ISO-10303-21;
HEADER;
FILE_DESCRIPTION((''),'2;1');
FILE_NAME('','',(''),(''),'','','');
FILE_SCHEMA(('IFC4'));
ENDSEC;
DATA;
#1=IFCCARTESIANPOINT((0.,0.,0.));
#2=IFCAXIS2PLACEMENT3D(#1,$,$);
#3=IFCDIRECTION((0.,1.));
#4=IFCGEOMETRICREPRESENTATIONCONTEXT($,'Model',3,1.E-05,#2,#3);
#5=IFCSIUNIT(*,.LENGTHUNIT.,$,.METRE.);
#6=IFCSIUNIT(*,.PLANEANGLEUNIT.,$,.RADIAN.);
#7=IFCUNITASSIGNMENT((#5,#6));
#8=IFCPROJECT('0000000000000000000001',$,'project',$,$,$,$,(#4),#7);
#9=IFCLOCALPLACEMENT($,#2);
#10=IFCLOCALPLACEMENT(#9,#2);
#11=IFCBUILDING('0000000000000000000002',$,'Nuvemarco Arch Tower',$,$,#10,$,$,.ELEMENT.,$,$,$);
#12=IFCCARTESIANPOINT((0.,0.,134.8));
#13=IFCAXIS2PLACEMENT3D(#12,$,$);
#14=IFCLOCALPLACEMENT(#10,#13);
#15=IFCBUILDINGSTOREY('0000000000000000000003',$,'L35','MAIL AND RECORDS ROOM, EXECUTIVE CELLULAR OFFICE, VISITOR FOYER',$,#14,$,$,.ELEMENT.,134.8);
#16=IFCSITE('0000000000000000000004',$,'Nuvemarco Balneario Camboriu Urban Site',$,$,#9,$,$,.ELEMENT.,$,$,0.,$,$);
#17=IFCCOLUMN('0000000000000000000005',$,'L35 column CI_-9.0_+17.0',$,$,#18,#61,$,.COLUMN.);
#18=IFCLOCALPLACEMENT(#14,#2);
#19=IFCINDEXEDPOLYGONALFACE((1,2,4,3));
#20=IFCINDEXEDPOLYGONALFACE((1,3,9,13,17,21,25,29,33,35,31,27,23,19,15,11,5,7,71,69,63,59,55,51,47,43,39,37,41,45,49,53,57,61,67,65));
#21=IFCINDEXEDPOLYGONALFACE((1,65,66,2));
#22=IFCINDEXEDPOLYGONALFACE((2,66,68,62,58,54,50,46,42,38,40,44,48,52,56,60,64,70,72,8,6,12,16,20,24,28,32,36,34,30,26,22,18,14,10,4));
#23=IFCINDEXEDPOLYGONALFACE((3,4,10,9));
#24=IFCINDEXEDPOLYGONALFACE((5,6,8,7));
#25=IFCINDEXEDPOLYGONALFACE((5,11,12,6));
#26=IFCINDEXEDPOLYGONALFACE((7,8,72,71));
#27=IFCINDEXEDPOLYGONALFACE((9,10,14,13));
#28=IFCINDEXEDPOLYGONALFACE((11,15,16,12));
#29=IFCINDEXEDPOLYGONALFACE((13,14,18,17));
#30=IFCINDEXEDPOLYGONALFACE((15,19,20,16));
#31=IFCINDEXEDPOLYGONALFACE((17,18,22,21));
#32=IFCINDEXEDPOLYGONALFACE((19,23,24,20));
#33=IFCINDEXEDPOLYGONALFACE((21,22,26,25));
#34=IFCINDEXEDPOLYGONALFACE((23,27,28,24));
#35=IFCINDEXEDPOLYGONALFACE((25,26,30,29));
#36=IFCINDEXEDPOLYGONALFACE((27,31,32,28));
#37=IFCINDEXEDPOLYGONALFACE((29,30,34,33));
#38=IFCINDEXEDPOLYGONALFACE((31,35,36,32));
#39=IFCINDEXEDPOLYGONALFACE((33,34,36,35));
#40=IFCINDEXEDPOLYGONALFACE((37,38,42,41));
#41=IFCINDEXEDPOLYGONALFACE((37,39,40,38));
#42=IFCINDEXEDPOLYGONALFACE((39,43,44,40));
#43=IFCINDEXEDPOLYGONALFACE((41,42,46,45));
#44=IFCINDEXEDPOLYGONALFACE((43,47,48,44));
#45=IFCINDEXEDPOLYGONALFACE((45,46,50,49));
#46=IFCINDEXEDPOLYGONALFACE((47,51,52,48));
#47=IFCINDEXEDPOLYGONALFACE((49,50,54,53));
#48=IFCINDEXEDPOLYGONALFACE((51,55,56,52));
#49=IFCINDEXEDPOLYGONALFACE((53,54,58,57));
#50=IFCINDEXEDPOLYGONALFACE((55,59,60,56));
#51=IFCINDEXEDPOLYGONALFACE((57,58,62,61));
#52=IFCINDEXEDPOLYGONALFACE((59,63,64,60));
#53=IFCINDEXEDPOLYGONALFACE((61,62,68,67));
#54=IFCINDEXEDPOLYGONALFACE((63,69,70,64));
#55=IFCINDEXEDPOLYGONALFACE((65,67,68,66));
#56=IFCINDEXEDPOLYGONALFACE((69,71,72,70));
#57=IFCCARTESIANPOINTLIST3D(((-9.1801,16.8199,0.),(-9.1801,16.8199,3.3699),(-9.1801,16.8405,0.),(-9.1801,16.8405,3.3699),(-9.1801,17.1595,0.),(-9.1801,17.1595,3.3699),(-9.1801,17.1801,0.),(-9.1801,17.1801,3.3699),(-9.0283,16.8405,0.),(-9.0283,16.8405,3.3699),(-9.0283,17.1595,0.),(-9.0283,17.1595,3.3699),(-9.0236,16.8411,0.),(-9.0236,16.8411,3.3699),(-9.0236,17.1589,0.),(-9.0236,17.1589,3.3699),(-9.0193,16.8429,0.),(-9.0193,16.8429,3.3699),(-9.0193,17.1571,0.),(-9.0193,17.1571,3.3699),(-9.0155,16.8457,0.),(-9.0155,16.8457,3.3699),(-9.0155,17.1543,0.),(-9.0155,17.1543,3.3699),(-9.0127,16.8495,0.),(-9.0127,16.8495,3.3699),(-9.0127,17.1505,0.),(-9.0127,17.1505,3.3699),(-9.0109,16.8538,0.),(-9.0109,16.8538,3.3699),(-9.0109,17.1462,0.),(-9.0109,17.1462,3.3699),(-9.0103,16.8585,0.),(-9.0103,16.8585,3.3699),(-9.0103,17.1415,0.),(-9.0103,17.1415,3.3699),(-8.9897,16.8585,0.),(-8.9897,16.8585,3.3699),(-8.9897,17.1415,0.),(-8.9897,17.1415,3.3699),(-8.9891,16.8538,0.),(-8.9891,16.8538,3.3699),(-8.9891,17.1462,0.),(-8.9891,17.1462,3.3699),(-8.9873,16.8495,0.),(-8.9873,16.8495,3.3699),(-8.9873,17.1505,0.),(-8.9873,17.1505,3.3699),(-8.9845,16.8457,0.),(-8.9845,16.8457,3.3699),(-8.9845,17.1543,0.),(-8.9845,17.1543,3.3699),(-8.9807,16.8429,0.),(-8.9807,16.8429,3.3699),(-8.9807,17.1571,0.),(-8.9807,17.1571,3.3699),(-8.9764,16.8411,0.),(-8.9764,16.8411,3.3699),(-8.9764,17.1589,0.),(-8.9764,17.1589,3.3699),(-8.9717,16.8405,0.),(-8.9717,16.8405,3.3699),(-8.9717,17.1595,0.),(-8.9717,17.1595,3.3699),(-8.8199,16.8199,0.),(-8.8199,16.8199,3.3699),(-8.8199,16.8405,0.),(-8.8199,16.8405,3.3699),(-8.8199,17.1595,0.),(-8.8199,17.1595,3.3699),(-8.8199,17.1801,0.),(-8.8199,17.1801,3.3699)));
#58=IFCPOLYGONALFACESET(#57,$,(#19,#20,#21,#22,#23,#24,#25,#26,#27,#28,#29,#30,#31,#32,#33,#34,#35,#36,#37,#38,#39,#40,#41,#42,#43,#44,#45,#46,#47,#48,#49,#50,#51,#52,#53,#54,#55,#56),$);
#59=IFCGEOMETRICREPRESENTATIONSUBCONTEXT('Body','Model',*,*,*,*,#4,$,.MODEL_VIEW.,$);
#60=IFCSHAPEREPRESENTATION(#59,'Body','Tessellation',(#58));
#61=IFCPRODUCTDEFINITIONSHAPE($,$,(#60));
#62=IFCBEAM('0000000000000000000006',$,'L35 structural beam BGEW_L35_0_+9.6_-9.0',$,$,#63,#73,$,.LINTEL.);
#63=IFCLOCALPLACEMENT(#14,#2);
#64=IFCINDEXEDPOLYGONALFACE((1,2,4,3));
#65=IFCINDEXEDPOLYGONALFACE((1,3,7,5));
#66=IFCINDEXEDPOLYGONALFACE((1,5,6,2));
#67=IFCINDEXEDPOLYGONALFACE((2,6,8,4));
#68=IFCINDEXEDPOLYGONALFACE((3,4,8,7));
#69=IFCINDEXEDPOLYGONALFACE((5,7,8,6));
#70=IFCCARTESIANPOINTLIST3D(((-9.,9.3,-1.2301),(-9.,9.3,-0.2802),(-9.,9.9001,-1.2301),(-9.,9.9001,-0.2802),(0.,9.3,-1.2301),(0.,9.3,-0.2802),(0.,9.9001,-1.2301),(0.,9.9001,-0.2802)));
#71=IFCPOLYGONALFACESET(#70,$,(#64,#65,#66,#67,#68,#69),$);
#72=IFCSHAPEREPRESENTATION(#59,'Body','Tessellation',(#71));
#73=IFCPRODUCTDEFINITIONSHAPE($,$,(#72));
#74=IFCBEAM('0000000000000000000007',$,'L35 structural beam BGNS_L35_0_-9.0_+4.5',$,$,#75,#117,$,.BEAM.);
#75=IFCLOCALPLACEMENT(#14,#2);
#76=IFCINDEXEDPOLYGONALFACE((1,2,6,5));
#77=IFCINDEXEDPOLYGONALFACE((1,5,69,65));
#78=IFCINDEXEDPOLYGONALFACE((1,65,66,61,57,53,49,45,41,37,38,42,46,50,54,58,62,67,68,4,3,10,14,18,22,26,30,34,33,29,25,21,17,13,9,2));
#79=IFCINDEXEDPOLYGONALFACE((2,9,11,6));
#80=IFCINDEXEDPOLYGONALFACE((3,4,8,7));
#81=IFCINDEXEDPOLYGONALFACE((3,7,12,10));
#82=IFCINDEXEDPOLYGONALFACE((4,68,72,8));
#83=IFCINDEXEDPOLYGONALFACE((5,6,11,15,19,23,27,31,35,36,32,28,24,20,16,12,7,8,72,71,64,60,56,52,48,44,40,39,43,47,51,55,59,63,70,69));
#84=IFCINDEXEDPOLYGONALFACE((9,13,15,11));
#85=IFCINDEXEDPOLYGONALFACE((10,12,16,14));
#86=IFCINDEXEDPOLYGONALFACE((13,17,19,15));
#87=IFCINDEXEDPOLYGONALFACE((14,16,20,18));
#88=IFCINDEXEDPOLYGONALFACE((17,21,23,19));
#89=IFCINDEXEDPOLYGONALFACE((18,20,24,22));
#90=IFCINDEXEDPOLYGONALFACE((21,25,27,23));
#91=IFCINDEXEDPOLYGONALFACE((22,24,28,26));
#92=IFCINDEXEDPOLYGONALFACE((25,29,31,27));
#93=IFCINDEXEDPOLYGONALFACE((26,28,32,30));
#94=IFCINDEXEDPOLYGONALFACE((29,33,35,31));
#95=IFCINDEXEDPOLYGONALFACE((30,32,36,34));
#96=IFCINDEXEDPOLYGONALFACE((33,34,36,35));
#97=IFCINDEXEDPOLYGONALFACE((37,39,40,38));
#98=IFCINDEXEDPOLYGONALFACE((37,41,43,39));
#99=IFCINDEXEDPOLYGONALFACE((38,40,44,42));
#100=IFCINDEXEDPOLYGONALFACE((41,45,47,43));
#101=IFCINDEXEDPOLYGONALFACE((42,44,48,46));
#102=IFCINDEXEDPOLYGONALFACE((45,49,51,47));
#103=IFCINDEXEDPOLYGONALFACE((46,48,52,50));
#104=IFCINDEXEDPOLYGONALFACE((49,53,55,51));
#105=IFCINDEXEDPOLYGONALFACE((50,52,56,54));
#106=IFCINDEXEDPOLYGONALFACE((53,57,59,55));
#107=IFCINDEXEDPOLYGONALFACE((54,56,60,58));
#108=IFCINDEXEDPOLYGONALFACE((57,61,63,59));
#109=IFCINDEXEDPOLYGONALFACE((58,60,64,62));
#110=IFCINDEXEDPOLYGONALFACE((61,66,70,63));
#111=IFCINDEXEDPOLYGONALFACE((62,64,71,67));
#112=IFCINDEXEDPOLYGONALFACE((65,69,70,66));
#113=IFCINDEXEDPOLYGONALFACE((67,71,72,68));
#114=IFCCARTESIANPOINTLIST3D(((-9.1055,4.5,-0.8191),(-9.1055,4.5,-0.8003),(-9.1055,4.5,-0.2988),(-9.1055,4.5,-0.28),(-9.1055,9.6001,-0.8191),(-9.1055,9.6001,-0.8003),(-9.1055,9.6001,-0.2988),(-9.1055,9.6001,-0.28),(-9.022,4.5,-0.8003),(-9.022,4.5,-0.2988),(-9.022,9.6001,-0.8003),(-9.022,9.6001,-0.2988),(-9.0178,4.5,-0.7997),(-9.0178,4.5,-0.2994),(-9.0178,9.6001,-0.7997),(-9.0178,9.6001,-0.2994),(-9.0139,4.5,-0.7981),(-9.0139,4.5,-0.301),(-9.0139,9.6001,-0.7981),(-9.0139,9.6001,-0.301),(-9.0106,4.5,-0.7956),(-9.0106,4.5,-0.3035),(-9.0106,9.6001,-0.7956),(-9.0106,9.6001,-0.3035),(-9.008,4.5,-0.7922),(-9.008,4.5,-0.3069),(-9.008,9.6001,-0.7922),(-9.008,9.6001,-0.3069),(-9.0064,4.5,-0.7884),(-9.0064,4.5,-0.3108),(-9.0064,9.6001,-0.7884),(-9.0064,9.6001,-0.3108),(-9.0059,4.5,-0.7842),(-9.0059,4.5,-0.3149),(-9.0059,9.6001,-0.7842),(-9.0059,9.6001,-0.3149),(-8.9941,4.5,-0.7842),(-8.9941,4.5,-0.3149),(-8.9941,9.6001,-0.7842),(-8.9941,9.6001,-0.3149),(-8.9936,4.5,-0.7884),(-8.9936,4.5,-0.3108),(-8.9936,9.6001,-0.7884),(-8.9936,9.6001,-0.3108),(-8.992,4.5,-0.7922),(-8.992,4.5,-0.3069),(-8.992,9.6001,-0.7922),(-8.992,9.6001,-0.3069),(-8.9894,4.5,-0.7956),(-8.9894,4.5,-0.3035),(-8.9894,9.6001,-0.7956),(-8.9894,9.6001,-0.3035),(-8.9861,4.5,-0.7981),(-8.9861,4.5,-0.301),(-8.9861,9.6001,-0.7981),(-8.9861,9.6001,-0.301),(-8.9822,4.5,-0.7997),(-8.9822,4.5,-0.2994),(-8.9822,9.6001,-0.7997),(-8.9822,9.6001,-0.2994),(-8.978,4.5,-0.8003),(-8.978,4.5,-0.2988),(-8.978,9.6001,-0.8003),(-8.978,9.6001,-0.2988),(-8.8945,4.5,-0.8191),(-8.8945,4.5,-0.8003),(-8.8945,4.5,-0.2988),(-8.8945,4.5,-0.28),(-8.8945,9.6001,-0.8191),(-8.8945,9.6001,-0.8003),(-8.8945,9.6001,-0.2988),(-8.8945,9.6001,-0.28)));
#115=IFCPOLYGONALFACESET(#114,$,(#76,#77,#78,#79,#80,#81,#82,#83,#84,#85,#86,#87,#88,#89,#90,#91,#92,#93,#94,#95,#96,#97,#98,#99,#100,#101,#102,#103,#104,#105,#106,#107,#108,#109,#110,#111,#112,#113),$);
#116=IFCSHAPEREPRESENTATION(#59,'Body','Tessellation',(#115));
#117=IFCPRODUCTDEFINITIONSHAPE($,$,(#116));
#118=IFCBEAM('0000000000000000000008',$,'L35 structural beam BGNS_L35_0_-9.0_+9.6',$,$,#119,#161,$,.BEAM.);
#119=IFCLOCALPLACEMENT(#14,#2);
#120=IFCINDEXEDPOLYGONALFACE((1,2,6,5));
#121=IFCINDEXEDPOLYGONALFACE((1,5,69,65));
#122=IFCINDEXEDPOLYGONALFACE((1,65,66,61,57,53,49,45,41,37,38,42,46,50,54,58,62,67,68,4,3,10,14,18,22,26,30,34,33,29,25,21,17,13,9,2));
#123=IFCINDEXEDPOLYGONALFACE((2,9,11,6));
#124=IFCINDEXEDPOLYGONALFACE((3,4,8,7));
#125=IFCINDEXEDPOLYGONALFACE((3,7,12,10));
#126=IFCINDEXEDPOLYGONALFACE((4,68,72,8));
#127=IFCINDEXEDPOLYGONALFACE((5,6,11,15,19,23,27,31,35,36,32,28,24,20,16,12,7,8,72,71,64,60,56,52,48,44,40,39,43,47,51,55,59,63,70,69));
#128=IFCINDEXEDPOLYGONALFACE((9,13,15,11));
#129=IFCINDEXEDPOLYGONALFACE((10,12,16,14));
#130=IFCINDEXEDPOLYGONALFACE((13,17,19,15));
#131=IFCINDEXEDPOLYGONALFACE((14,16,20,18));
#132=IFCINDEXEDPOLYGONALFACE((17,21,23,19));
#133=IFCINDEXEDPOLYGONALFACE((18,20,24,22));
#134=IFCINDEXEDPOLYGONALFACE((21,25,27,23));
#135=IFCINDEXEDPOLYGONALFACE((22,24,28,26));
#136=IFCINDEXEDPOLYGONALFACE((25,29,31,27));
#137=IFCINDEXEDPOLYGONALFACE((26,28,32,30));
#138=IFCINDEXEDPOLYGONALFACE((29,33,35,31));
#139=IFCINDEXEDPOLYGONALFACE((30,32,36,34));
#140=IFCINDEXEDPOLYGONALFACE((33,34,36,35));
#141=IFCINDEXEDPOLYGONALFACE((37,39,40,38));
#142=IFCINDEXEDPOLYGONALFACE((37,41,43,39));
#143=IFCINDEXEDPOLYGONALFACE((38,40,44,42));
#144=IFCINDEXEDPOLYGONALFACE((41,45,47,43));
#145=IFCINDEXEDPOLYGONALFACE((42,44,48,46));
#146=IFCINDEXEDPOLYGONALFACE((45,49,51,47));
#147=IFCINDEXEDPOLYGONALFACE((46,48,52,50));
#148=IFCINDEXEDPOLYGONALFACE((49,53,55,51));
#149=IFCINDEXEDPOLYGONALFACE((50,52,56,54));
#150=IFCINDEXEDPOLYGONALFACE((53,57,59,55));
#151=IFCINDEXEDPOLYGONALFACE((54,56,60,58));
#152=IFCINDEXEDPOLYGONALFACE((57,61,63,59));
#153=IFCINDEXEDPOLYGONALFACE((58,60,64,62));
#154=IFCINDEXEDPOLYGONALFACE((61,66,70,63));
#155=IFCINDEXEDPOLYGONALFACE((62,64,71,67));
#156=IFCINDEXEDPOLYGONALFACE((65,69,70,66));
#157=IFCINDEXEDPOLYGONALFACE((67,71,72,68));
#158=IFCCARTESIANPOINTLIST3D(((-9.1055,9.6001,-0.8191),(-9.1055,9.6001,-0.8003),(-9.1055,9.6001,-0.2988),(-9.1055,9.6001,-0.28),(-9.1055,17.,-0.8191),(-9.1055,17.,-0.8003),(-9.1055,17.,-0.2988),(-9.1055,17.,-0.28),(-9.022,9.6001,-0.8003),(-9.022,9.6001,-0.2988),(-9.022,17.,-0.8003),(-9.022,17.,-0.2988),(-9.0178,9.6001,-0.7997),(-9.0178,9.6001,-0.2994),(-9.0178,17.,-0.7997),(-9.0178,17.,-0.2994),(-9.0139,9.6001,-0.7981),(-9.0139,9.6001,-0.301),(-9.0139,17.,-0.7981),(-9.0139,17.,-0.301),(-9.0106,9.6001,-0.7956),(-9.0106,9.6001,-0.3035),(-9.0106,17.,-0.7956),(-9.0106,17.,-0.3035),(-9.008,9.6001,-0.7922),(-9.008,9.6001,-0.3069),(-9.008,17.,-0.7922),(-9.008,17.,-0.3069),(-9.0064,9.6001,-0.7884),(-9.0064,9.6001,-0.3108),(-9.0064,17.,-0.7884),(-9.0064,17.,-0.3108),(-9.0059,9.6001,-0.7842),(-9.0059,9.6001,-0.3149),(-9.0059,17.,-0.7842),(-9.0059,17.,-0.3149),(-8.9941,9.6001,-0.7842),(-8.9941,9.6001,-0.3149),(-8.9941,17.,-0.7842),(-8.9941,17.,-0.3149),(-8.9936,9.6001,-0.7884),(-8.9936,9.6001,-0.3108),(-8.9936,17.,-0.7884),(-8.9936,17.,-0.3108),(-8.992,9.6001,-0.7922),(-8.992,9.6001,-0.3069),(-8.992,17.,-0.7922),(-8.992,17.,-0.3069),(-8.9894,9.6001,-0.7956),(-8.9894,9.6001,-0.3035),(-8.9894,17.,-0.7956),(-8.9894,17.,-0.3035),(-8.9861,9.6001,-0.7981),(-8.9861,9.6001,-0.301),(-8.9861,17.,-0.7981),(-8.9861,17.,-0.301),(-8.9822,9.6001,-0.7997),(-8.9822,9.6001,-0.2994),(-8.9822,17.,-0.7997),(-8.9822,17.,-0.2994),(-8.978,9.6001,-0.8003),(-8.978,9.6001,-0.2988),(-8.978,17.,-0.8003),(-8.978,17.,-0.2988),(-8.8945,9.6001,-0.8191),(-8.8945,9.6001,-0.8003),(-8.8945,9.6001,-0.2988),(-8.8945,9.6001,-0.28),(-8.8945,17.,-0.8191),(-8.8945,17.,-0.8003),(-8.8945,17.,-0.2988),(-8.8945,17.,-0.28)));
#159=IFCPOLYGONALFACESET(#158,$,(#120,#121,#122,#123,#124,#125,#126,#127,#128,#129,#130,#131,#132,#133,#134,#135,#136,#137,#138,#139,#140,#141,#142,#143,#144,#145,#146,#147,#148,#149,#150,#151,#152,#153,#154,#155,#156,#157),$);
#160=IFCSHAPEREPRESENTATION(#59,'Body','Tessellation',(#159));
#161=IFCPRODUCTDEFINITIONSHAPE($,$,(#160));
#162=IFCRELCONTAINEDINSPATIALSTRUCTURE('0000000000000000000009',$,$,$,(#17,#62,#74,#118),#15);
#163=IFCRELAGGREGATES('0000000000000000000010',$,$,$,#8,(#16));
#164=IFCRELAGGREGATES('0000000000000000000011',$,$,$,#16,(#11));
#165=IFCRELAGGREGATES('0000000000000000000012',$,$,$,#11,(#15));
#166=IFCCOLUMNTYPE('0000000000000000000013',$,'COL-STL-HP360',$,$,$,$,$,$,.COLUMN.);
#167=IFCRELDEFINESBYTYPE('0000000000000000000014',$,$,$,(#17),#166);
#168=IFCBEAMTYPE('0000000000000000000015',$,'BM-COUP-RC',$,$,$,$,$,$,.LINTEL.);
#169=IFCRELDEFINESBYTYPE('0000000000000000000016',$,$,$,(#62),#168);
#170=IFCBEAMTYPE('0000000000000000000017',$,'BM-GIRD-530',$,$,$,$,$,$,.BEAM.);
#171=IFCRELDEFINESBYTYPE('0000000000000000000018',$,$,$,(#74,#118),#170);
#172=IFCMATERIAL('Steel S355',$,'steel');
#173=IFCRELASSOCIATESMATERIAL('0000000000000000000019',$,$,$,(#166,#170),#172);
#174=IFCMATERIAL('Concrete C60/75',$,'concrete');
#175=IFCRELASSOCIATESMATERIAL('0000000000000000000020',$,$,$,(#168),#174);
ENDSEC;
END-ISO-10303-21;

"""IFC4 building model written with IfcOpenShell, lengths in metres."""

from ifc_helpers import new_model, si_unit, direction, frame, origin, origin_2d, place, context, subcontext, project, spatial, rectangle, i_section, extrude, material, material_profile, profile_set, type_object, element, save


model = new_model("IFC4")

# Units and contexts
model_context = context("Model", 3, precision=1e-05, world=origin(), true_north=direction((0.0, 1.0)))
body_context = subcontext(model_context, "Body", "Model", "MODEL_VIEW")
ifc_project = project(units=[si_unit("LENGTHUNIT", "METRE"), si_unit("PLANEANGLEUNIT", "RADIAN")], contexts=[model_context])

# Site, building, storey
site_placement = place(None, origin())
site = spatial("IfcSite", under=ifc_project, at=site_placement, Name="Nuvemarco Balneario Camboriu Urban Site", CompositionType="ELEMENT", RefElevation=0.0)
building_placement = place(site_placement, origin())
building = spatial("IfcBuilding", under=site, at=building_placement, Name="Nuvemarco Arch Tower", CompositionType="ELEMENT")
storey_placement = place(building_placement, frame((0.0, 0.0, 134.8)))
storey = spatial("IfcBuildingStorey", under=building, at=storey_placement, Name="L35", Description="MAIL AND RECORDS ROOM, EXECUTIVE CELLULAR OFFICE, VISITOR FOYER", CompositionType="ELEMENT", Elevation=134.8)

# Column
ifc_material_1 = material(Name="Steel S355", Category="steel")
ifc_material_profile_1 = material_profile(ifc_material_1, i_section(OverallWidth=0.3601, OverallDepth=0.3601, WebThickness=0.0205, FlangeThickness=0.0205, FilletRadius=0.0181, at=origin_2d()), Name="HP360x174")
ifc_profile_set_1 = profile_set([ifc_material_profile_1], Name="Steel S355")
column_type_1 = type_object("IfcColumnType", Name="COL-STL-HP360", PredefinedType="COLUMN", material=ifc_profile_set_1)
column_placement = place(storey_placement, frame((-9.0, 17.0, 0.0), z_axis=(0.0, 0.0, 1.0), x_axis=(1.0, 0.0, 0.0)))
element("IfcColumn", 1, at=column_placement, inside=storey, type_object=column_type_1, Name="L35 column CI_-9.0_+17.0", PredefinedType="COLUMN", context=body_context, shape_type="SweptSolid", body=[
    extrude(i_section(OverallWidth=0.3601, OverallDepth=0.3601, WebThickness=0.0205, FlangeThickness=0.0205, FilletRadius=0.0181, at=origin_2d()), origin(), (0.0, 0.0, 1.0), 3.3699),
])

# Beams
ifc_material_2 = material(Name="Concrete C60/75", Category="concrete")
ifc_material_profile_2 = material_profile(ifc_material_2, rectangle(XDim=0.6001, YDim=0.95, at=origin_2d()), Name="RC-BM-600x950")
ifc_profile_set_2 = profile_set([ifc_material_profile_2], Name="Concrete C60/75")
beam_type_1 = type_object("IfcBeamType", Name="BM-COUP-RC", PredefinedType="LINTEL", material=ifc_profile_set_2)
beam_1_placement = place(storey_placement, frame((-9.0, 9.6001, -0.7551), z_axis=(1.0, 0.0, 0.0), x_axis=(0.0, 1.0, 0.0)))
element("IfcBeam", 2, at=beam_1_placement, inside=storey, type_object=beam_type_1, Name="L35 structural beam BGEW_L35_0_+9.6_-9.0", PredefinedType="LINTEL", context=body_context, shape_type="SweptSolid", body=[
    extrude(rectangle(XDim=0.6001, YDim=0.95, at=origin_2d()), origin(), (0.0, 0.0, 1.0), 9.0),
])
ifc_material_profile_3 = material_profile(ifc_material_1, i_section(OverallWidth=0.2109, OverallDepth=0.5391, WebThickness=0.0117, FlangeThickness=0.0188, FilletRadius=0.0161, at=origin_2d()), Name="W530x109")
ifc_profile_set_3 = profile_set([ifc_material_profile_3], Name="Steel S355")
beam_type_2 = type_object("IfcBeamType", Name="BM-GIRD-530", PredefinedType="BEAM", material=ifc_profile_set_3)
beam_2_placement = place(storey_placement, frame((-9.0, 4.5, -0.5496), z_axis=(0.0, 1.0, 0.0), x_axis=(-1.0, 0.0, 0.0)))
element("IfcBeam", 3, at=beam_2_placement, inside=storey, type_object=beam_type_2, Name="L35 structural beam BGNS_L35_0_-9.0_+4.5", PredefinedType="BEAM", context=body_context, shape_type="SweptSolid", body=[
    extrude(i_section(OverallWidth=0.2109, OverallDepth=0.5391, WebThickness=0.0117, FlangeThickness=0.0188, FilletRadius=0.0161, at=origin_2d()), origin(), (0.0, 0.0, 1.0), 5.1001),
])
beam_3_placement = place(storey_placement, frame((-9.0, 9.6001, -0.5496), z_axis=(0.0, 1.0, 0.0), x_axis=(-1.0, 0.0, 0.0)))
element("IfcBeam", 4, at=beam_3_placement, inside=storey, type_object=beam_type_2, Name="L35 structural beam BGNS_L35_0_-9.0_+9.6", PredefinedType="BEAM", context=body_context, shape_type="SweptSolid", body=[
    extrude(i_section(OverallWidth=0.2109, OverallDepth=0.5391, WebThickness=0.0117, FlangeThickness=0.0188, FilletRadius=0.0161, at=origin_2d()), origin(), (0.0, 0.0, 1.0), 7.3999),
])

save(model, "model.ifc")
